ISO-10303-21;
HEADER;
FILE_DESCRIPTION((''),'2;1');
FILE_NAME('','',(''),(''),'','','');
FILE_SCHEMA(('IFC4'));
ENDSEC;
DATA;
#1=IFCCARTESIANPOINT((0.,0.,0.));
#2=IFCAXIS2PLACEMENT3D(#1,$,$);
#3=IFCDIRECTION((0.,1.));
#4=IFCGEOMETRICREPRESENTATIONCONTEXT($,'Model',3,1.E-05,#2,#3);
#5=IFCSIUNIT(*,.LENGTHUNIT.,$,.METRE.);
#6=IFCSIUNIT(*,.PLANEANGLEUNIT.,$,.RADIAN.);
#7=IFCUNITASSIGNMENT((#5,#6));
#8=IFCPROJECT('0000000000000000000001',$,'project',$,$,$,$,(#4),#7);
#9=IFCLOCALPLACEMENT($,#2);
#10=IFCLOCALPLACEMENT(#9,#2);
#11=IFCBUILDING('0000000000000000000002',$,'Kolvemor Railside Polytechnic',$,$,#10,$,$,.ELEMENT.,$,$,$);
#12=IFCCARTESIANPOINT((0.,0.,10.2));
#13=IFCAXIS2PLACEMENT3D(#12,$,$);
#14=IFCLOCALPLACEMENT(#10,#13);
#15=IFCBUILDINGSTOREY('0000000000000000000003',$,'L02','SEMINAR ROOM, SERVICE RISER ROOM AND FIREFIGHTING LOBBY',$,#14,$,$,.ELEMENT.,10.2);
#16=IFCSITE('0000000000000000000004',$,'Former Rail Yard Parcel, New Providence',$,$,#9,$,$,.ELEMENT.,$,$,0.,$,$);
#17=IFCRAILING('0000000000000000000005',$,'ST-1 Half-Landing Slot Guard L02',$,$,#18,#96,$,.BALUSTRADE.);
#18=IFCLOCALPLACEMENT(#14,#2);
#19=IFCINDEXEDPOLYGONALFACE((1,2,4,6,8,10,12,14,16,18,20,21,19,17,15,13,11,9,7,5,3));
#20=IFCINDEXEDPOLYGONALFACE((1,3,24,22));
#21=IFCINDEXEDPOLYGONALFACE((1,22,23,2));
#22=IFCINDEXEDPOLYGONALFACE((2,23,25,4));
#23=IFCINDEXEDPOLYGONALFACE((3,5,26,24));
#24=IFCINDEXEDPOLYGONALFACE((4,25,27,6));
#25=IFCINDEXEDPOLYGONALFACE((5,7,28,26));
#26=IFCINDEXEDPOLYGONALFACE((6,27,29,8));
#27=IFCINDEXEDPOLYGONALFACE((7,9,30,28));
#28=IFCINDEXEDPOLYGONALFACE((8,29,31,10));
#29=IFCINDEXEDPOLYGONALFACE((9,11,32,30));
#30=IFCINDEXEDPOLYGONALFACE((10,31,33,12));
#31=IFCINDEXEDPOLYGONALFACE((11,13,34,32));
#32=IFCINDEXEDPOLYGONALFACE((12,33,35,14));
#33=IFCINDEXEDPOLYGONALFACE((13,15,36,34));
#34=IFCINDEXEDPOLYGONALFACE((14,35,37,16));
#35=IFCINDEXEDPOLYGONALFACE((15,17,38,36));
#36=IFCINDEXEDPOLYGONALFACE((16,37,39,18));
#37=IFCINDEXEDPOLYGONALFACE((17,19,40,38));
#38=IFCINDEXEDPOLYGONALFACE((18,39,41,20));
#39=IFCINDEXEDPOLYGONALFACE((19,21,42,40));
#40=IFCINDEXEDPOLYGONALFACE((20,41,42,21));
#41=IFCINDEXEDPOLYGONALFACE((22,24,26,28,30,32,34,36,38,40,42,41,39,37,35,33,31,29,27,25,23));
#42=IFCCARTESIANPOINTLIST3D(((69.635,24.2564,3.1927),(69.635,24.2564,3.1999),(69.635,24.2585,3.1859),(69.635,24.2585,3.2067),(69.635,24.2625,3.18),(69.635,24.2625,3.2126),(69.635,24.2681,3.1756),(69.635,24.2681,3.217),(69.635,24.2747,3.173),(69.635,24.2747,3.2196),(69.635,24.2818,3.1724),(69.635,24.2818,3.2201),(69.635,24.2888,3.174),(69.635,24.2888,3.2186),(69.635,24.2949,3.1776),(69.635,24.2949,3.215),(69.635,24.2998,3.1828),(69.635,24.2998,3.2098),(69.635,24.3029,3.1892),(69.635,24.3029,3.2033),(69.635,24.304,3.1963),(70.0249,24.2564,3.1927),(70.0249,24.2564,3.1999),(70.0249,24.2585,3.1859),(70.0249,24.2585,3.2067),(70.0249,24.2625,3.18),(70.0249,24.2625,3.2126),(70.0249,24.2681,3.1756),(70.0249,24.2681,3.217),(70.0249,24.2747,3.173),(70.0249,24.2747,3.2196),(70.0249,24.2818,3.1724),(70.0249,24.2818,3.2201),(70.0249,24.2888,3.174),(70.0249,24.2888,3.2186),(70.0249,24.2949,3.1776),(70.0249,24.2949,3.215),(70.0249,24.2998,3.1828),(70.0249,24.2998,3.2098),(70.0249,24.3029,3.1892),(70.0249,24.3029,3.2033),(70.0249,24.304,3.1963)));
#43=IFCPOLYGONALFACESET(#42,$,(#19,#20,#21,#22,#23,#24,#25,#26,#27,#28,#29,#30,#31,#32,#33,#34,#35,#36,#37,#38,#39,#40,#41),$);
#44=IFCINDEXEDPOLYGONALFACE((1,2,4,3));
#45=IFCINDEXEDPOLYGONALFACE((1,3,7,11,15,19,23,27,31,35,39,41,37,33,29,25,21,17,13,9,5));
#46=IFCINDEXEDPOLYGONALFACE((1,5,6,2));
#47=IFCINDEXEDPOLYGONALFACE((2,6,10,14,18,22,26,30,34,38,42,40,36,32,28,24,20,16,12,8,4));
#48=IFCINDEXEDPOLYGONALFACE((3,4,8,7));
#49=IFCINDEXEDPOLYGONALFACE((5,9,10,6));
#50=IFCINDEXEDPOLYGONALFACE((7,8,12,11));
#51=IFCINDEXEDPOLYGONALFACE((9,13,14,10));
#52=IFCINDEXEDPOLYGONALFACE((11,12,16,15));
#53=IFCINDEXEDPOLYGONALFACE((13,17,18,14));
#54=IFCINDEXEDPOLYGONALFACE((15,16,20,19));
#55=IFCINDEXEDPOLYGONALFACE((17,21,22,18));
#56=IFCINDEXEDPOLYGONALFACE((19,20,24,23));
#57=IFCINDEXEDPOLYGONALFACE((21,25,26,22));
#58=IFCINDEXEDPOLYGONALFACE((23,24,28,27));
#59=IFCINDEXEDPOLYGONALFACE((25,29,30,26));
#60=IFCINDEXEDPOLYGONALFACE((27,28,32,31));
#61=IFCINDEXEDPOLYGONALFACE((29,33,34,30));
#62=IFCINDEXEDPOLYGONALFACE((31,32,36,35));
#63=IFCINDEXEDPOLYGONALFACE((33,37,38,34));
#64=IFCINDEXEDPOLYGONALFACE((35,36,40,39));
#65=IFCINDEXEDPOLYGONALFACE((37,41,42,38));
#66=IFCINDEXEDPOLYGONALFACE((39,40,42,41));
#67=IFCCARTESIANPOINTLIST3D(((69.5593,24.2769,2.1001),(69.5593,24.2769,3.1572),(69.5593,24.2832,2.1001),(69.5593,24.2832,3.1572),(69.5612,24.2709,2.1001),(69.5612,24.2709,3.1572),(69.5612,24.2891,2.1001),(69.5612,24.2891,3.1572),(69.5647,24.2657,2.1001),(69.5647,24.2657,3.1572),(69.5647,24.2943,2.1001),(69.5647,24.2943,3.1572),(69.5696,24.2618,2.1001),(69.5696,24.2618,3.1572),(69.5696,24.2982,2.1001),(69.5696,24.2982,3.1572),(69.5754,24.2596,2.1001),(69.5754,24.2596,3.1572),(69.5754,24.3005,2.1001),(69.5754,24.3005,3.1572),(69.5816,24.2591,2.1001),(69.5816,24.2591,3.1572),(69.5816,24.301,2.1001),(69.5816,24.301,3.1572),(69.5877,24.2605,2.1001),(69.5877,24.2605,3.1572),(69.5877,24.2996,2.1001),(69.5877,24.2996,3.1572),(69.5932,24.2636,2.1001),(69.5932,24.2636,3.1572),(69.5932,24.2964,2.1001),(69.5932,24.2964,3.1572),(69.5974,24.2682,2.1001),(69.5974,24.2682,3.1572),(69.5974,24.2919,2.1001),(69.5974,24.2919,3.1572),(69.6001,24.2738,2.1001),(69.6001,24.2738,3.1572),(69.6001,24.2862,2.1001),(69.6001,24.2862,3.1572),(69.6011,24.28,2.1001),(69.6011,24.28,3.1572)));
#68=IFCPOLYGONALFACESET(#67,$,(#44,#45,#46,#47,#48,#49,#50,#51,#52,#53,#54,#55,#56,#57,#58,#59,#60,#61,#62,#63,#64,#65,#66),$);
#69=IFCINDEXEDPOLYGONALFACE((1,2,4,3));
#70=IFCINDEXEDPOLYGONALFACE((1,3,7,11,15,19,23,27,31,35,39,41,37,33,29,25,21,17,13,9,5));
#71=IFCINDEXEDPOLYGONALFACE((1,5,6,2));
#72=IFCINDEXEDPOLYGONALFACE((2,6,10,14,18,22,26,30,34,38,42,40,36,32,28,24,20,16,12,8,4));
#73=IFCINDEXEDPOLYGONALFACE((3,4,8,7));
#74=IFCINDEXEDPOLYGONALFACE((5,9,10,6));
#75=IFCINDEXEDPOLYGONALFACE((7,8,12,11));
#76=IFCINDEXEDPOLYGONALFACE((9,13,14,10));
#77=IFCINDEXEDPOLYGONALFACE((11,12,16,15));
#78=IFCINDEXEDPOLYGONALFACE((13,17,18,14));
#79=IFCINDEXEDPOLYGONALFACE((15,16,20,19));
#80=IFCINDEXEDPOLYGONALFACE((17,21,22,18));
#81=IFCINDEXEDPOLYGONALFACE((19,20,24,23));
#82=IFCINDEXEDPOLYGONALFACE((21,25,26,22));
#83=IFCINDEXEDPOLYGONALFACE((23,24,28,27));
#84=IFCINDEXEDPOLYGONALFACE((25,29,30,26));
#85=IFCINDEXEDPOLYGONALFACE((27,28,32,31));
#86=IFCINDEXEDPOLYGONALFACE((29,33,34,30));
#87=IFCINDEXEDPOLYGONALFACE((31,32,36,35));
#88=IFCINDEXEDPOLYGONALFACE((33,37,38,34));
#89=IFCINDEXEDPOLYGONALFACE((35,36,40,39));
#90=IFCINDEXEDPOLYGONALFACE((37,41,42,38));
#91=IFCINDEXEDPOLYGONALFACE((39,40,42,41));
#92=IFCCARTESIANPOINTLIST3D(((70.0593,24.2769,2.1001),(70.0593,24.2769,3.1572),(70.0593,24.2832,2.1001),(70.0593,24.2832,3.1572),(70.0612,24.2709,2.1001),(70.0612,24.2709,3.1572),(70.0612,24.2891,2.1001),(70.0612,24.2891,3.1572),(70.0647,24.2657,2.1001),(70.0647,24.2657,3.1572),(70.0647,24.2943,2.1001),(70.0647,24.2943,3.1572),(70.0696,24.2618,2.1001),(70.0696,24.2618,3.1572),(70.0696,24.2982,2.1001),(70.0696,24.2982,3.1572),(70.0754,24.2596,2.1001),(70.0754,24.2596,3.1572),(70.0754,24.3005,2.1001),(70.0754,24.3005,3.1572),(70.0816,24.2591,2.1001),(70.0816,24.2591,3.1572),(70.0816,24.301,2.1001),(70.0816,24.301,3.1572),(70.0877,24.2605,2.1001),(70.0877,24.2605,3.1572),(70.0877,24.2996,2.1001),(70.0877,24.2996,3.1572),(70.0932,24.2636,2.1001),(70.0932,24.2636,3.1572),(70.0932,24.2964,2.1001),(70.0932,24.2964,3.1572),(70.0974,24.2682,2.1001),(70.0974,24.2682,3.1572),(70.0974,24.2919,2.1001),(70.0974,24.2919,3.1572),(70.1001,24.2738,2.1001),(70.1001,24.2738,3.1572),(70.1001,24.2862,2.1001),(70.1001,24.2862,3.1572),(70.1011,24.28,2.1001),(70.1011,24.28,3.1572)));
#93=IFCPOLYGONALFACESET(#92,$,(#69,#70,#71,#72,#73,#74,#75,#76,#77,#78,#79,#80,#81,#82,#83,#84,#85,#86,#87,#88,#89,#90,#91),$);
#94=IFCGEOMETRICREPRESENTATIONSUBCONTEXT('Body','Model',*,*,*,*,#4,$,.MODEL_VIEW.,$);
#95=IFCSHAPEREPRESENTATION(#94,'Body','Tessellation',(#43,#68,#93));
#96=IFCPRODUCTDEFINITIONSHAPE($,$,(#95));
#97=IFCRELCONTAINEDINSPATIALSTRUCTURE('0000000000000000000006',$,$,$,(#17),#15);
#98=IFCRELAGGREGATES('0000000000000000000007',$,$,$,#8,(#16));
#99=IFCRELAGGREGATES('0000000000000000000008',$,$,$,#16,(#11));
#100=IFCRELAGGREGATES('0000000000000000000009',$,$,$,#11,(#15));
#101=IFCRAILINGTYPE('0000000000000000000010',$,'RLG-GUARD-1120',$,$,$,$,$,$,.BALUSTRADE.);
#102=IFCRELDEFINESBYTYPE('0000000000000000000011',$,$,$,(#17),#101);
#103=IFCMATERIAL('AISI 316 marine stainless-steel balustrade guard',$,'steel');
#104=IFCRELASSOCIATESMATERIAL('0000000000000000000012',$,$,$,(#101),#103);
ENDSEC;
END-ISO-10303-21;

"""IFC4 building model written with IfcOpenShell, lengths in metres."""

from ifc_helpers import new_model, si_unit, direction, frame, origin, origin_2d, place, context, subcontext, project, spatial, circle, extrude, material, type_object, element, save


model = new_model("IFC4")

# Units and contexts
model_context = context("Model", 3, precision=1e-05, world=origin(), true_north=direction((0.0, 1.0)))
body_context = subcontext(model_context, "Body", "Model", "MODEL_VIEW")
ifc_project = project(units=[si_unit("LENGTHUNIT", "METRE"), si_unit("PLANEANGLEUNIT", "RADIAN")], contexts=[model_context])

# Site, building, storey
site_placement = place(None, origin())
site = spatial("IfcSite", under=ifc_project, at=site_placement, Name="Former Rail Yard Parcel, New Providence", CompositionType="ELEMENT", RefElevation=0.0)
building_placement = place(site_placement, origin())
building = spatial("IfcBuilding", under=site, at=building_placement, Name="Kolvemor Railside Polytechnic", CompositionType="ELEMENT")
storey_placement = place(building_placement, frame((0.0, 0.0, 10.2)))
storey = spatial("IfcBuildingStorey", under=building, at=storey_placement, Name="L02", Description="SEMINAR ROOM, SERVICE RISER ROOM AND FIREFIGHTING LOBBY", CompositionType="ELEMENT", Elevation=10.2)

# Railing
ifc_material_1 = material(Name="AISI 316 marine stainless-steel balustrade guard", Category="steel")
railing_type_1 = type_object("IfcRailingType", Name="RLG-GUARD-1120", PredefinedType="BALUSTRADE", material=ifc_material_1)
railing_1_placement = place(storey_placement, frame((69.5801, 24.28, 2.1001)))
element("IfcRailing", 1, at=railing_1_placement, inside=storey, type_object=railing_type_1, Name="ST-1 Half-Landing Slot Guard L02", PredefinedType="BALUSTRADE", context=body_context, shape_type="SweptSolid", body=[
    extrude(circle(Radius=0.0239, at=origin_2d()), frame((0.0549, 0.0, 1.0962), z_axis=(1.0, 0.0, 0.0), x_axis=(0.0, 1.0, 0.0)), (0.0, 0.0, 1.0), 0.3899),
    extrude(circle(Radius=0.021, at=origin_2d()), origin(), (0.0, 0.0, 1.0), 1.0571),
    extrude(circle(Radius=0.021, at=origin_2d()), frame((0.5, 0.0, 0.0)), (0.0, 0.0, 1.0), 1.0571),
])

save(model, "model.ifc")
